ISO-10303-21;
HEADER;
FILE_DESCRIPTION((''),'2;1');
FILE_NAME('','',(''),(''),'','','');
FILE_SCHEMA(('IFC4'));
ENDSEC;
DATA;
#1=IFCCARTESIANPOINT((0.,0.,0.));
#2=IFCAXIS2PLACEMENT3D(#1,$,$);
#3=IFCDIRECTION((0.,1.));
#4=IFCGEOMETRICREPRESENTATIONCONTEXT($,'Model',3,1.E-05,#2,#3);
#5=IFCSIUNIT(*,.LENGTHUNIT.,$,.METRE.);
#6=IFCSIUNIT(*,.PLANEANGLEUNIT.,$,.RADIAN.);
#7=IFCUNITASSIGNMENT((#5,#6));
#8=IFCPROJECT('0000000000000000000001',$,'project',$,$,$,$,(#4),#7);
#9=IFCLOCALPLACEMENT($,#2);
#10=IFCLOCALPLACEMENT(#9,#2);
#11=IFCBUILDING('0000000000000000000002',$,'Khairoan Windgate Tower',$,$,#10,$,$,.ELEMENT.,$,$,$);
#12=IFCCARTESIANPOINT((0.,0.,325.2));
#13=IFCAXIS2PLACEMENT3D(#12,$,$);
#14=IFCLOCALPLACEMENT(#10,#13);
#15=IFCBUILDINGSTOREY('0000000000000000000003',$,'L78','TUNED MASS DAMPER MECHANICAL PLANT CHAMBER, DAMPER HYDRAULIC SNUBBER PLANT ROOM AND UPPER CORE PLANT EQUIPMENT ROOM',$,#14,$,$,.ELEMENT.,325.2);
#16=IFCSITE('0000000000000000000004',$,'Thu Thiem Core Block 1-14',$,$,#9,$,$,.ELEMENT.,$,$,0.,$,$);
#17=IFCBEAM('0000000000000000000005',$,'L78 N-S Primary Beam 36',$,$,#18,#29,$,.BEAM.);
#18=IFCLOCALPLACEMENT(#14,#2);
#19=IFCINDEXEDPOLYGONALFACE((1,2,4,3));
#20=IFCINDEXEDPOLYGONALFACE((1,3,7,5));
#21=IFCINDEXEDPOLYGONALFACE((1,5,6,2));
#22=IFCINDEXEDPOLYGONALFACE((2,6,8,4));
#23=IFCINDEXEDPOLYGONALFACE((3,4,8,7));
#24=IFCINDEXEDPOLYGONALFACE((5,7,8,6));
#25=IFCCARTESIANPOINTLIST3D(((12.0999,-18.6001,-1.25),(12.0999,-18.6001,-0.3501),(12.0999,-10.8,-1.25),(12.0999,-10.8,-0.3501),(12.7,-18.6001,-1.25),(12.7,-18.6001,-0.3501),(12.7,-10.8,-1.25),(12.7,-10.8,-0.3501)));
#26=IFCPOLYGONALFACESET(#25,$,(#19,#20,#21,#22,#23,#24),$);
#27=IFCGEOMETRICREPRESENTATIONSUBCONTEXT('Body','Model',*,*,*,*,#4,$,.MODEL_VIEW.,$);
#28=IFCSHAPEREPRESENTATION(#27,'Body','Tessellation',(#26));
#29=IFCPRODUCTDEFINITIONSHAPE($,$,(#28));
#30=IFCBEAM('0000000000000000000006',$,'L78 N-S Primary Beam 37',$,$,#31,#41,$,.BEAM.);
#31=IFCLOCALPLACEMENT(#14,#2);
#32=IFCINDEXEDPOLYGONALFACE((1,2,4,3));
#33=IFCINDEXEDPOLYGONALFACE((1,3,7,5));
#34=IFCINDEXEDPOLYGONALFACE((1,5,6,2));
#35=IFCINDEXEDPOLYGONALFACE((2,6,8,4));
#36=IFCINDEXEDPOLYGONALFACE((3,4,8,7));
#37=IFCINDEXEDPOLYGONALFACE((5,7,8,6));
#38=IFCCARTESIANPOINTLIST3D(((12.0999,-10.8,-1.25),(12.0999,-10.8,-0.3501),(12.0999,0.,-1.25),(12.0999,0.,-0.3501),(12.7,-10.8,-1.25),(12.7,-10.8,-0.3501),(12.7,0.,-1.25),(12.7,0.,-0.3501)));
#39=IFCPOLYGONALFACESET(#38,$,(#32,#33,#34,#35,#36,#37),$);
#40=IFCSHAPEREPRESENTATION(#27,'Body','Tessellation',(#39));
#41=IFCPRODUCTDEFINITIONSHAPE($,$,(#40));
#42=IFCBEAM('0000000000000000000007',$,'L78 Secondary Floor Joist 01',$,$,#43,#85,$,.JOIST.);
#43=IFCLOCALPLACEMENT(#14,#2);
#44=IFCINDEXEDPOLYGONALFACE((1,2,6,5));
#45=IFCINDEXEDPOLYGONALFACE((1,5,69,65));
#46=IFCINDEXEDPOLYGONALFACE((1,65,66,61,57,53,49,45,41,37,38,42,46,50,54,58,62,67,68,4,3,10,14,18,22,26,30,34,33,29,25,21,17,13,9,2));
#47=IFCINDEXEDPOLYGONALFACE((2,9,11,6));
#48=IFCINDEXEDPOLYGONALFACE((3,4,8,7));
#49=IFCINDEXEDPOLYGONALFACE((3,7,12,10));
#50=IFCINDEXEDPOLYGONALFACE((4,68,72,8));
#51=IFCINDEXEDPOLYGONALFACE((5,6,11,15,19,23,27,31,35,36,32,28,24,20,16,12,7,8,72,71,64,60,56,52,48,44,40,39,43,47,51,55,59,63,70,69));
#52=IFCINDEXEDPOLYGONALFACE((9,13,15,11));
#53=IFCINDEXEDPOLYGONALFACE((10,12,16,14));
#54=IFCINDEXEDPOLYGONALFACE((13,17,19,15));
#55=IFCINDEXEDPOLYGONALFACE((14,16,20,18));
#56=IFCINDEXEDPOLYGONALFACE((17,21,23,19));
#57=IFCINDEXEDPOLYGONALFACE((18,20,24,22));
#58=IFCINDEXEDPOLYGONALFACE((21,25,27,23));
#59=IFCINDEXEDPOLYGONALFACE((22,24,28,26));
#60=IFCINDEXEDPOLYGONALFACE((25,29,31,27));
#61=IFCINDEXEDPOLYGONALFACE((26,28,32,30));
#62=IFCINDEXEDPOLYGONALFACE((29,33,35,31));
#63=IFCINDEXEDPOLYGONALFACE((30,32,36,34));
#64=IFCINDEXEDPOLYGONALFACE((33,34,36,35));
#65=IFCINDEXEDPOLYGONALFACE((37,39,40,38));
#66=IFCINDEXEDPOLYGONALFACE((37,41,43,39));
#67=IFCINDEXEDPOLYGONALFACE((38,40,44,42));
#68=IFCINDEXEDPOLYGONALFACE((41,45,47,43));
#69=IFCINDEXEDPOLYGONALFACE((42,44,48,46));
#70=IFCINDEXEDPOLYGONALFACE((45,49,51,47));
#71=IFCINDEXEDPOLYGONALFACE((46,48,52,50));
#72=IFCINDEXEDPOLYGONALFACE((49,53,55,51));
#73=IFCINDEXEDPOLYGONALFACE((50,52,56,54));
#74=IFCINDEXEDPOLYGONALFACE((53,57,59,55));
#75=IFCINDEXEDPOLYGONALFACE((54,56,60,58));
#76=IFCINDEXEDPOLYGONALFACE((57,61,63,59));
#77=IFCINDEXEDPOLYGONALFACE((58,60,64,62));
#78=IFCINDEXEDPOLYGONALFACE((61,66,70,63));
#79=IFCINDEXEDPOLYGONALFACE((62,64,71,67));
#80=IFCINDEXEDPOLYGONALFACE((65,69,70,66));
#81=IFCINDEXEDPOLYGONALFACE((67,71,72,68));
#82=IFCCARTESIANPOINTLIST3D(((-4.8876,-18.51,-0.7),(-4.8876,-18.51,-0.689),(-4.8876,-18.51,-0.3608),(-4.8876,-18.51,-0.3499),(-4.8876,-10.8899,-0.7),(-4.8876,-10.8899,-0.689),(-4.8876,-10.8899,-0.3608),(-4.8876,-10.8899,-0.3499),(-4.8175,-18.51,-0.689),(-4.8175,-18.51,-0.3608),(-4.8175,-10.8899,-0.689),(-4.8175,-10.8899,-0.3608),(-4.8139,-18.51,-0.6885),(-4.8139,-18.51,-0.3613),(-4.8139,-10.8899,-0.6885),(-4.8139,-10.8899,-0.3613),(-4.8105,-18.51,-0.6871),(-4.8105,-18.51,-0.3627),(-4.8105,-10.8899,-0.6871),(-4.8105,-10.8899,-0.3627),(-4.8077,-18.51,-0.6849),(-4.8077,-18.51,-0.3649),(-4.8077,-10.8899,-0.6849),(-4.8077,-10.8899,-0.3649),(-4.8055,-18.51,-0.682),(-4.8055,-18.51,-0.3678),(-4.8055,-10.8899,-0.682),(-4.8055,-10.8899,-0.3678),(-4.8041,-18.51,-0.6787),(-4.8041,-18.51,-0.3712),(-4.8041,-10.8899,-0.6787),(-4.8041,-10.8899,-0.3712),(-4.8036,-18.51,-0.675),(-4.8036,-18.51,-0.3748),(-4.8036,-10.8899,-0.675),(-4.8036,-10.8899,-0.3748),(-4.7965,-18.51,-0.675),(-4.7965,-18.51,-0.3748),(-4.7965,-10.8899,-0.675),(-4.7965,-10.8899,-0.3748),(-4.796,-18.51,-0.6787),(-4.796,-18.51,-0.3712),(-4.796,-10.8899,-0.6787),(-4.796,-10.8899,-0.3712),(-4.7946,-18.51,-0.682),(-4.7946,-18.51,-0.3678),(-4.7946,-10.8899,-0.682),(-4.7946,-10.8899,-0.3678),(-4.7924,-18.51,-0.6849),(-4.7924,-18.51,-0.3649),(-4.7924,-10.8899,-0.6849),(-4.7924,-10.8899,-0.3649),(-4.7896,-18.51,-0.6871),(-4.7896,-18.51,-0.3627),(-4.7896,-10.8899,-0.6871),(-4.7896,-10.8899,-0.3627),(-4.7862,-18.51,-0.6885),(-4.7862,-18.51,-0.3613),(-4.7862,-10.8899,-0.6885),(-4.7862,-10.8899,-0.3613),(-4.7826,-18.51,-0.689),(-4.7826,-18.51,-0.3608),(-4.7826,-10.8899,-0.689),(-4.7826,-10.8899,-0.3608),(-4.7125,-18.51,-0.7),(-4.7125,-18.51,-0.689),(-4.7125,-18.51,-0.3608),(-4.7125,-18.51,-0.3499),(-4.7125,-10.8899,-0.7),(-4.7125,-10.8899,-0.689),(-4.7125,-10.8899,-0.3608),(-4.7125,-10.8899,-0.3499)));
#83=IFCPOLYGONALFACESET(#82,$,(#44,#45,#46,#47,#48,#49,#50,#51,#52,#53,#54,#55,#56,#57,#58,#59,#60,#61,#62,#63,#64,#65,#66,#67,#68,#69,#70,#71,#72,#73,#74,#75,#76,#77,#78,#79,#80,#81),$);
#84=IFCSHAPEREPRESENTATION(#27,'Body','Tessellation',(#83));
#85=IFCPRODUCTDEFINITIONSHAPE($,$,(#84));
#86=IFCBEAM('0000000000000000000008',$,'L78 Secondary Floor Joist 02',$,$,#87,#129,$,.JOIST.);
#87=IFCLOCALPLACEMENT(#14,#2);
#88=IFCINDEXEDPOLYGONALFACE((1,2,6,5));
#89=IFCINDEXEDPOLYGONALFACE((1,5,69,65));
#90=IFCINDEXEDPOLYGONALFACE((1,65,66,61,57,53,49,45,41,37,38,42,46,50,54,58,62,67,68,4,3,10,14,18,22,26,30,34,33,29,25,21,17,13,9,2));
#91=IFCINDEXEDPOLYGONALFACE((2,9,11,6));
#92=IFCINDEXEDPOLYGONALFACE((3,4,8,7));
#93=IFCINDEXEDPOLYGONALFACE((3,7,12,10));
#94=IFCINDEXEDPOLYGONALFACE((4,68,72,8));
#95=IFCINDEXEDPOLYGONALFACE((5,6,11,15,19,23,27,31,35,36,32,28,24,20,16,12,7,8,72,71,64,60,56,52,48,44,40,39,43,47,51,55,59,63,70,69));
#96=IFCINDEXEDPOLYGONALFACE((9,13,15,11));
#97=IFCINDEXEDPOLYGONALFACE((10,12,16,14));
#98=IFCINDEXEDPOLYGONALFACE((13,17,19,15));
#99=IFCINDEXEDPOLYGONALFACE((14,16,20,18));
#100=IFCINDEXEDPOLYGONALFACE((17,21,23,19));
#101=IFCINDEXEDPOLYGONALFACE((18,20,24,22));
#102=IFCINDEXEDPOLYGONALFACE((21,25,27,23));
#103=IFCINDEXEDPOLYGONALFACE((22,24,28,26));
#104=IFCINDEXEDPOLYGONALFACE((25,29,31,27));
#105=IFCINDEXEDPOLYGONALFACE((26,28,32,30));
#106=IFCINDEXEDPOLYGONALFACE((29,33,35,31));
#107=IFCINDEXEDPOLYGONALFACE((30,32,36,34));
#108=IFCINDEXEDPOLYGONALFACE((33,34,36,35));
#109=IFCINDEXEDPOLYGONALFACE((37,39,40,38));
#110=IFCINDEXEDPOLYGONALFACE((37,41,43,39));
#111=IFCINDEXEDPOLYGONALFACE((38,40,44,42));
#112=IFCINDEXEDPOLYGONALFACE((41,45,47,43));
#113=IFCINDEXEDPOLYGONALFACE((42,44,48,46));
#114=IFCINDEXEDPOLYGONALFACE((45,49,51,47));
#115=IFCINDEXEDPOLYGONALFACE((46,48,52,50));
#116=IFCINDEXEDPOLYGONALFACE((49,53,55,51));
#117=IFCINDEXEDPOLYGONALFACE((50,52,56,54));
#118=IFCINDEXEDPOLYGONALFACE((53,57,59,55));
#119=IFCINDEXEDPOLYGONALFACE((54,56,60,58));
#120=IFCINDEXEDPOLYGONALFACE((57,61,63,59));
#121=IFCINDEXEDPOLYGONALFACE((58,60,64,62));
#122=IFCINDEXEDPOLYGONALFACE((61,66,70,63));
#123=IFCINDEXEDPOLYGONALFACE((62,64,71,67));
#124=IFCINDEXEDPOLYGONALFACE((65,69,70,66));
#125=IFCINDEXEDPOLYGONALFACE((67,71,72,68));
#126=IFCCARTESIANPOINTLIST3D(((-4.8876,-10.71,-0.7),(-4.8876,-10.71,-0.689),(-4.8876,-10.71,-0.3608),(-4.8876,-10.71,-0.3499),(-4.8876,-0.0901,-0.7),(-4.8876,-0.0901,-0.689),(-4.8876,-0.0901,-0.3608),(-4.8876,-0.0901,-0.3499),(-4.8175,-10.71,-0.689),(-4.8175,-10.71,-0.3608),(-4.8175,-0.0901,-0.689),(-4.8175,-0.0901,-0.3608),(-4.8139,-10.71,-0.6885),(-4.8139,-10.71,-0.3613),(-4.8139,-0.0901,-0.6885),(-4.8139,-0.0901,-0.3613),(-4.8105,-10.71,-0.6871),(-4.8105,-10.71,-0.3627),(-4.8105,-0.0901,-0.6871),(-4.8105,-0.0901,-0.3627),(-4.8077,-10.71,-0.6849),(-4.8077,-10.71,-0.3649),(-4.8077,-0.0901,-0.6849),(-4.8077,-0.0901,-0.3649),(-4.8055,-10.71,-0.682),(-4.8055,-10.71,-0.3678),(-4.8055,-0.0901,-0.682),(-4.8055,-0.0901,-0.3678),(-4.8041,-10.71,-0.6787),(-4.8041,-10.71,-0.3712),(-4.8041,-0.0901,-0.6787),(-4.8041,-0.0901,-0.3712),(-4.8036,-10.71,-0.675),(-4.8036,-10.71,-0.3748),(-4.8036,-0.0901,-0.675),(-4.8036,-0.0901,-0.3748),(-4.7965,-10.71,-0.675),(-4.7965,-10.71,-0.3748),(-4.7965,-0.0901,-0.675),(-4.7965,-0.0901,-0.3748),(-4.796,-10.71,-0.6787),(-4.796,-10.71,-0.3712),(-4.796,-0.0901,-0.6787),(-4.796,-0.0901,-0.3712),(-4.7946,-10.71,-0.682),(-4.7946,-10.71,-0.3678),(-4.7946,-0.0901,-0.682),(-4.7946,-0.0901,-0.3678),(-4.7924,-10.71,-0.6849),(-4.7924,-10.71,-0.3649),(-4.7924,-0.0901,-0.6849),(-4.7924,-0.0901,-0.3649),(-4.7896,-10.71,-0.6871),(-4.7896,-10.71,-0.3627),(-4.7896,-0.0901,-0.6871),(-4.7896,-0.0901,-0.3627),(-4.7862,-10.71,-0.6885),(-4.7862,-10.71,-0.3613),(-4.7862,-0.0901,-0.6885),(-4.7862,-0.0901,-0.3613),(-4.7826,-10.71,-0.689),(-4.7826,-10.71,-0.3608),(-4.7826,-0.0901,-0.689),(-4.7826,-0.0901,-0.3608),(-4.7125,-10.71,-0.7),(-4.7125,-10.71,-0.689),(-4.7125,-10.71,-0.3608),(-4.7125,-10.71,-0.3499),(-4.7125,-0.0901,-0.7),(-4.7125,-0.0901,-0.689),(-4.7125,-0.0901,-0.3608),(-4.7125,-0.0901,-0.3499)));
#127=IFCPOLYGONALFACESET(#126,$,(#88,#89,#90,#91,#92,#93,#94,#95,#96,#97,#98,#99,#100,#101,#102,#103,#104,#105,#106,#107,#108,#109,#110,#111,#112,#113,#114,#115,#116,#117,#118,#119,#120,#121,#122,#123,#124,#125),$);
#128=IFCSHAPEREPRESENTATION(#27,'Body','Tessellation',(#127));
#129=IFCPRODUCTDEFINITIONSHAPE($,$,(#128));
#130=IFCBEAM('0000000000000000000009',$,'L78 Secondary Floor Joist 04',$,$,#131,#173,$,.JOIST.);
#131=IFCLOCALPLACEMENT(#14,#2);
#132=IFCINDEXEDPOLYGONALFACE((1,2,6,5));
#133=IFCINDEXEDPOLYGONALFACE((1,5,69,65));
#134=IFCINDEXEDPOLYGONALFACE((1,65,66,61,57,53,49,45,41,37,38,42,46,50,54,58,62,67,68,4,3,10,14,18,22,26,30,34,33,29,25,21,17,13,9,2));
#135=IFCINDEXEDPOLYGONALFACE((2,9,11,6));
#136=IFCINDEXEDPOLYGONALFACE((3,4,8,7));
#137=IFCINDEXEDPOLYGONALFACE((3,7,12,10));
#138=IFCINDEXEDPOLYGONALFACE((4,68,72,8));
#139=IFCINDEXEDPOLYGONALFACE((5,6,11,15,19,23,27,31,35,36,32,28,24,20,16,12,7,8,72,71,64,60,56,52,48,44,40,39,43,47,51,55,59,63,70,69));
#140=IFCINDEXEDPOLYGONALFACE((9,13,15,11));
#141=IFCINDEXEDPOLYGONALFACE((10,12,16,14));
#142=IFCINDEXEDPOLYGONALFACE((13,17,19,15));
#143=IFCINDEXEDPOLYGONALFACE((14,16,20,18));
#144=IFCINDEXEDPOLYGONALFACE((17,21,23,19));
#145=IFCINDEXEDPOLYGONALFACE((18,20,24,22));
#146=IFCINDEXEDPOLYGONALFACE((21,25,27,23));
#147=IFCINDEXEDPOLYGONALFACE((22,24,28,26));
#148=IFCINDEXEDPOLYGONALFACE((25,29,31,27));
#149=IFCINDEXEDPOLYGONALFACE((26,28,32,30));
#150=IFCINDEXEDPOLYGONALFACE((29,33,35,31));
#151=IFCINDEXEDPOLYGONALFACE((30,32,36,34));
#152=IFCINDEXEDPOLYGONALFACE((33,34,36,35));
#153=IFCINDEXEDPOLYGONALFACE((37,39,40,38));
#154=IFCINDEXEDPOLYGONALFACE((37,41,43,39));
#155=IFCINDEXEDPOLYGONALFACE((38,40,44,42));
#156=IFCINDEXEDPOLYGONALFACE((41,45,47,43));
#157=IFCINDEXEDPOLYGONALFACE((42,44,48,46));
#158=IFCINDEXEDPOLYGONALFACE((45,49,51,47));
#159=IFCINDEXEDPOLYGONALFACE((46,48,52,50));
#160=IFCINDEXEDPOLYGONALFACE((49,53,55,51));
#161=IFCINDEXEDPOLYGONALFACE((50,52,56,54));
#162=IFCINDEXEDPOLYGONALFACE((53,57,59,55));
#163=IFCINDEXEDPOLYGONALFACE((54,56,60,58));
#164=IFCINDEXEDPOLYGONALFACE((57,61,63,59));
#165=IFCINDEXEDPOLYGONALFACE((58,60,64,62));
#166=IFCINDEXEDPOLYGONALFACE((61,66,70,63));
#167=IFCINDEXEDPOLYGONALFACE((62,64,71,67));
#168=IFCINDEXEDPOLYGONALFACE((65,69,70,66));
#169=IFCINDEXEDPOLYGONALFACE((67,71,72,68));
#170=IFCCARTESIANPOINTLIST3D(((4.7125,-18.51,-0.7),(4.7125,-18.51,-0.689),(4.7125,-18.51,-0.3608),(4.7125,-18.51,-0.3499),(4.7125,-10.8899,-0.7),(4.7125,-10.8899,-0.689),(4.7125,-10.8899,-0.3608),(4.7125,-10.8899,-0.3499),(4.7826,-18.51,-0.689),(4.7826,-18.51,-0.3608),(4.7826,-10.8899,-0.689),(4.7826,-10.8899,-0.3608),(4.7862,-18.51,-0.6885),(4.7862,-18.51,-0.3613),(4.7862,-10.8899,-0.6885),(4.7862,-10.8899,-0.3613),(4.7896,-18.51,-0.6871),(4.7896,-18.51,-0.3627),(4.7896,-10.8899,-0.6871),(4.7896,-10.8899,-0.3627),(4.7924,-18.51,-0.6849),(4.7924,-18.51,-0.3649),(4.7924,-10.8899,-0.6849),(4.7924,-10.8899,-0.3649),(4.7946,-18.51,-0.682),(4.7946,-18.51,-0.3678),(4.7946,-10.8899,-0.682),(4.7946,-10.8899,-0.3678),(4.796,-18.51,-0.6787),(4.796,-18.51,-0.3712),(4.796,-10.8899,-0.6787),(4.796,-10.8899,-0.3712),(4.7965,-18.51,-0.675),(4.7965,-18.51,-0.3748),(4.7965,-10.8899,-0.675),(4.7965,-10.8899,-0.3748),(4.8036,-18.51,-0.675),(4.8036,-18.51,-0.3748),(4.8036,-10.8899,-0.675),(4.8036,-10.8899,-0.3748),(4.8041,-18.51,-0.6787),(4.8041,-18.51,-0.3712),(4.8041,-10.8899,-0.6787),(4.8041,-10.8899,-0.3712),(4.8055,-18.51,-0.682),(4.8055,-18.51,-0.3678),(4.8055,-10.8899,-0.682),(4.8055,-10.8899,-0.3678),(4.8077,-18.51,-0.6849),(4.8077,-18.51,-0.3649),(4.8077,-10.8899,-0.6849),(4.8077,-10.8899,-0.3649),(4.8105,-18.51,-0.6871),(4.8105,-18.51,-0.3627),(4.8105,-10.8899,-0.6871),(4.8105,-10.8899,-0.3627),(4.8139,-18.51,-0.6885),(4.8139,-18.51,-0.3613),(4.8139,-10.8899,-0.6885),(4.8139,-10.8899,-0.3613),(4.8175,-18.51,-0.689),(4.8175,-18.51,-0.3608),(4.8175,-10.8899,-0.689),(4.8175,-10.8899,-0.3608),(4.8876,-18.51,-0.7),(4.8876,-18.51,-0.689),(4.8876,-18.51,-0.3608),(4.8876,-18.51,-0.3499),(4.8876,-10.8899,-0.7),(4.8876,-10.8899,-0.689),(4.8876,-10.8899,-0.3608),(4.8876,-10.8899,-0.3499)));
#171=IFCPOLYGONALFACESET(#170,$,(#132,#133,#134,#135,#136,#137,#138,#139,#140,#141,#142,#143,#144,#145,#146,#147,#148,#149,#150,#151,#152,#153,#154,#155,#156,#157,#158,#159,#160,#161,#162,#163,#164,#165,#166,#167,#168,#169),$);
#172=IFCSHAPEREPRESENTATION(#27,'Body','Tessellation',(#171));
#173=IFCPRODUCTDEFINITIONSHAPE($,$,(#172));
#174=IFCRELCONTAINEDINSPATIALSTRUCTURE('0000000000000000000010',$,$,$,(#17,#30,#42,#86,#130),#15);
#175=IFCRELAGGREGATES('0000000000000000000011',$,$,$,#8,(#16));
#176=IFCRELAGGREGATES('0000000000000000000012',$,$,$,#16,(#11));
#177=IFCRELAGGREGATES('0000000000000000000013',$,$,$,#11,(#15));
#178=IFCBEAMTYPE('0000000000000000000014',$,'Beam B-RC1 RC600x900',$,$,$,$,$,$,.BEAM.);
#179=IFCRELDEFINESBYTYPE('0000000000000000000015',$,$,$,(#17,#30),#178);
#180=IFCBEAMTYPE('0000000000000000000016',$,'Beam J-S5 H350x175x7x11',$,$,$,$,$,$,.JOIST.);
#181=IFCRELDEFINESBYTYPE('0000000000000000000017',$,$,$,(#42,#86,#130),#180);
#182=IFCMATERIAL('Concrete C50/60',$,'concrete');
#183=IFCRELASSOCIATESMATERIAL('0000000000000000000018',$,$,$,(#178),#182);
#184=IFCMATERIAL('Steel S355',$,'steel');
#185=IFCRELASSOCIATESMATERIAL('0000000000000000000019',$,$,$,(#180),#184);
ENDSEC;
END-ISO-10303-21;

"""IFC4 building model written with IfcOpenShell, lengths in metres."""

from ifc_helpers import new_model, si_unit, direction, frame, origin, origin_2d, place, context, subcontext, project, spatial, rectangle, i_section, extrude, material, material_profile, profile_set, type_object, element, save


model = new_model("IFC4")

# Units and contexts
model_context = context("Model", 3, precision=1e-05, world=origin(), true_north=direction((0.0, 1.0)))
body_context = subcontext(model_context, "Body", "Model", "MODEL_VIEW")
ifc_project = project(units=[si_unit("LENGTHUNIT", "METRE"), si_unit("PLANEANGLEUNIT", "RADIAN")], contexts=[model_context])

# Site, building, storey
site_placement = place(None, origin())
site = spatial("IfcSite", under=ifc_project, at=site_placement, Name="Thu Thiem Core Block 1-14", CompositionType="ELEMENT", RefElevation=0.0)
building_placement = place(site_placement, origin())
building = spatial("IfcBuilding", under=site, at=building_placement, Name="Khairoan Windgate Tower", CompositionType="ELEMENT")
storey_placement = place(building_placement, frame((0.0, 0.0, 325.2)))
storey = spatial("IfcBuildingStorey", under=building, at=storey_placement, Name="L78", Description="TUNED MASS DAMPER MECHANICAL PLANT CHAMBER, DAMPER HYDRAULIC SNUBBER PLANT ROOM AND UPPER CORE PLANT EQUIPMENT ROOM", CompositionType="ELEMENT", Elevation=325.2)

# Beams
ifc_material_1 = material(Name="Concrete C50/60", Category="concrete")
ifc_material_profile_1 = material_profile(ifc_material_1, rectangle(XDim=0.6001, YDim=0.8999, at=origin_2d()))
ifc_profile_set_1 = profile_set([ifc_material_profile_1], Name="Concrete C50/60")
beam_type_1 = type_object("IfcBeamType", Name="Beam B-RC1 RC600x900", PredefinedType="BEAM", material=ifc_profile_set_1)
beam_1_placement = place(storey_placement, frame((12.3999, -18.6001, -0.8), z_axis=(0.0, 1.0, 0.0), x_axis=(-1.0, 0.0, 0.0)))
element("IfcBeam", 1, at=beam_1_placement, inside=storey, type_object=beam_type_1, Name="L78 N-S Primary Beam 36", PredefinedType="BEAM", context=body_context, shape_type="SweptSolid", body=[
    extrude(rectangle(XDim=0.6001, YDim=0.8999, at=origin_2d()), origin(), (0.0, 0.0, 1.0), 7.8),
])
beam_2_placement = place(storey_placement, frame((12.3999, -10.8, -0.8), z_axis=(0.0, 1.0, 0.0), x_axis=(-1.0, 0.0, 0.0)))
element("IfcBeam", 2, at=beam_2_placement, inside=storey, type_object=beam_type_1, Name="L78 N-S Primary Beam 37", PredefinedType="BEAM", context=body_context, shape_type="SweptSolid", body=[
    extrude(rectangle(XDim=0.6001, YDim=0.8999, at=origin_2d()), origin(), (0.0, 0.0, 1.0), 10.8),
])
ifc_material_2 = material(Name="Steel S355", Category="steel")
ifc_material_profile_2 = material_profile(ifc_material_2, i_section(OverallWidth=0.175, OverallDepth=0.3501, WebThickness=0.0071, FlangeThickness=0.011, FilletRadius=0.0139, at=origin_2d()))
ifc_profile_set_2 = profile_set([ifc_material_profile_2], Name="Steel S355")
beam_type_2 = type_object("IfcBeamType", Name="Beam J-S5 H350x175x7x11", PredefinedType="JOIST", material=ifc_profile_set_2)
beam_3_placement = place(storey_placement, frame((-4.8, -18.51, -0.5249), z_axis=(0.0, 1.0, 0.0), x_axis=(-1.0, 0.0, 0.0)))
element("IfcBeam", 3, at=beam_3_placement, inside=storey, type_object=beam_type_2, Name="L78 Secondary Floor Joist 01", PredefinedType="JOIST", context=body_context, shape_type="SweptSolid", body=[
    extrude(i_section(OverallWidth=0.175, OverallDepth=0.3501, WebThickness=0.0071, FlangeThickness=0.011, FilletRadius=0.0139, at=origin_2d()), origin(), (0.0, 0.0, 1.0), 7.6201),
])
beam_4_placement = place(storey_placement, frame((-4.8, -10.71, -0.5249), z_axis=(0.0, 1.0, 0.0), x_axis=(-1.0, 0.0, 0.0)))
element("IfcBeam", 4, at=beam_4_placement, inside=storey, type_object=beam_type_2, Name="L78 Secondary Floor Joist 02", PredefinedType="JOIST", context=body_context, shape_type="SweptSolid", body=[
    extrude(i_section(OverallWidth=0.175, OverallDepth=0.3501, WebThickness=0.0071, FlangeThickness=0.011, FilletRadius=0.0139, at=origin_2d()), origin(), (0.0, 0.0, 1.0), 10.6199),
])
beam_5_placement = place(storey_placement, frame((4.8, -18.51, -0.5249), z_axis=(0.0, 1.0, 0.0), x_axis=(-1.0, 0.0, 0.0)))
element("IfcBeam", 5, at=beam_5_placement, inside=storey, type_object=beam_type_2, Name="L78 Secondary Floor Joist 04", PredefinedType="JOIST", context=body_context, shape_type="SweptSolid", body=[
    extrude(i_section(OverallWidth=0.175, OverallDepth=0.3501, WebThickness=0.0071, FlangeThickness=0.011, FilletRadius=0.0139, at=origin_2d()), origin(), (0.0, 0.0, 1.0), 7.6201),
])

save(model, "model.ifc")
